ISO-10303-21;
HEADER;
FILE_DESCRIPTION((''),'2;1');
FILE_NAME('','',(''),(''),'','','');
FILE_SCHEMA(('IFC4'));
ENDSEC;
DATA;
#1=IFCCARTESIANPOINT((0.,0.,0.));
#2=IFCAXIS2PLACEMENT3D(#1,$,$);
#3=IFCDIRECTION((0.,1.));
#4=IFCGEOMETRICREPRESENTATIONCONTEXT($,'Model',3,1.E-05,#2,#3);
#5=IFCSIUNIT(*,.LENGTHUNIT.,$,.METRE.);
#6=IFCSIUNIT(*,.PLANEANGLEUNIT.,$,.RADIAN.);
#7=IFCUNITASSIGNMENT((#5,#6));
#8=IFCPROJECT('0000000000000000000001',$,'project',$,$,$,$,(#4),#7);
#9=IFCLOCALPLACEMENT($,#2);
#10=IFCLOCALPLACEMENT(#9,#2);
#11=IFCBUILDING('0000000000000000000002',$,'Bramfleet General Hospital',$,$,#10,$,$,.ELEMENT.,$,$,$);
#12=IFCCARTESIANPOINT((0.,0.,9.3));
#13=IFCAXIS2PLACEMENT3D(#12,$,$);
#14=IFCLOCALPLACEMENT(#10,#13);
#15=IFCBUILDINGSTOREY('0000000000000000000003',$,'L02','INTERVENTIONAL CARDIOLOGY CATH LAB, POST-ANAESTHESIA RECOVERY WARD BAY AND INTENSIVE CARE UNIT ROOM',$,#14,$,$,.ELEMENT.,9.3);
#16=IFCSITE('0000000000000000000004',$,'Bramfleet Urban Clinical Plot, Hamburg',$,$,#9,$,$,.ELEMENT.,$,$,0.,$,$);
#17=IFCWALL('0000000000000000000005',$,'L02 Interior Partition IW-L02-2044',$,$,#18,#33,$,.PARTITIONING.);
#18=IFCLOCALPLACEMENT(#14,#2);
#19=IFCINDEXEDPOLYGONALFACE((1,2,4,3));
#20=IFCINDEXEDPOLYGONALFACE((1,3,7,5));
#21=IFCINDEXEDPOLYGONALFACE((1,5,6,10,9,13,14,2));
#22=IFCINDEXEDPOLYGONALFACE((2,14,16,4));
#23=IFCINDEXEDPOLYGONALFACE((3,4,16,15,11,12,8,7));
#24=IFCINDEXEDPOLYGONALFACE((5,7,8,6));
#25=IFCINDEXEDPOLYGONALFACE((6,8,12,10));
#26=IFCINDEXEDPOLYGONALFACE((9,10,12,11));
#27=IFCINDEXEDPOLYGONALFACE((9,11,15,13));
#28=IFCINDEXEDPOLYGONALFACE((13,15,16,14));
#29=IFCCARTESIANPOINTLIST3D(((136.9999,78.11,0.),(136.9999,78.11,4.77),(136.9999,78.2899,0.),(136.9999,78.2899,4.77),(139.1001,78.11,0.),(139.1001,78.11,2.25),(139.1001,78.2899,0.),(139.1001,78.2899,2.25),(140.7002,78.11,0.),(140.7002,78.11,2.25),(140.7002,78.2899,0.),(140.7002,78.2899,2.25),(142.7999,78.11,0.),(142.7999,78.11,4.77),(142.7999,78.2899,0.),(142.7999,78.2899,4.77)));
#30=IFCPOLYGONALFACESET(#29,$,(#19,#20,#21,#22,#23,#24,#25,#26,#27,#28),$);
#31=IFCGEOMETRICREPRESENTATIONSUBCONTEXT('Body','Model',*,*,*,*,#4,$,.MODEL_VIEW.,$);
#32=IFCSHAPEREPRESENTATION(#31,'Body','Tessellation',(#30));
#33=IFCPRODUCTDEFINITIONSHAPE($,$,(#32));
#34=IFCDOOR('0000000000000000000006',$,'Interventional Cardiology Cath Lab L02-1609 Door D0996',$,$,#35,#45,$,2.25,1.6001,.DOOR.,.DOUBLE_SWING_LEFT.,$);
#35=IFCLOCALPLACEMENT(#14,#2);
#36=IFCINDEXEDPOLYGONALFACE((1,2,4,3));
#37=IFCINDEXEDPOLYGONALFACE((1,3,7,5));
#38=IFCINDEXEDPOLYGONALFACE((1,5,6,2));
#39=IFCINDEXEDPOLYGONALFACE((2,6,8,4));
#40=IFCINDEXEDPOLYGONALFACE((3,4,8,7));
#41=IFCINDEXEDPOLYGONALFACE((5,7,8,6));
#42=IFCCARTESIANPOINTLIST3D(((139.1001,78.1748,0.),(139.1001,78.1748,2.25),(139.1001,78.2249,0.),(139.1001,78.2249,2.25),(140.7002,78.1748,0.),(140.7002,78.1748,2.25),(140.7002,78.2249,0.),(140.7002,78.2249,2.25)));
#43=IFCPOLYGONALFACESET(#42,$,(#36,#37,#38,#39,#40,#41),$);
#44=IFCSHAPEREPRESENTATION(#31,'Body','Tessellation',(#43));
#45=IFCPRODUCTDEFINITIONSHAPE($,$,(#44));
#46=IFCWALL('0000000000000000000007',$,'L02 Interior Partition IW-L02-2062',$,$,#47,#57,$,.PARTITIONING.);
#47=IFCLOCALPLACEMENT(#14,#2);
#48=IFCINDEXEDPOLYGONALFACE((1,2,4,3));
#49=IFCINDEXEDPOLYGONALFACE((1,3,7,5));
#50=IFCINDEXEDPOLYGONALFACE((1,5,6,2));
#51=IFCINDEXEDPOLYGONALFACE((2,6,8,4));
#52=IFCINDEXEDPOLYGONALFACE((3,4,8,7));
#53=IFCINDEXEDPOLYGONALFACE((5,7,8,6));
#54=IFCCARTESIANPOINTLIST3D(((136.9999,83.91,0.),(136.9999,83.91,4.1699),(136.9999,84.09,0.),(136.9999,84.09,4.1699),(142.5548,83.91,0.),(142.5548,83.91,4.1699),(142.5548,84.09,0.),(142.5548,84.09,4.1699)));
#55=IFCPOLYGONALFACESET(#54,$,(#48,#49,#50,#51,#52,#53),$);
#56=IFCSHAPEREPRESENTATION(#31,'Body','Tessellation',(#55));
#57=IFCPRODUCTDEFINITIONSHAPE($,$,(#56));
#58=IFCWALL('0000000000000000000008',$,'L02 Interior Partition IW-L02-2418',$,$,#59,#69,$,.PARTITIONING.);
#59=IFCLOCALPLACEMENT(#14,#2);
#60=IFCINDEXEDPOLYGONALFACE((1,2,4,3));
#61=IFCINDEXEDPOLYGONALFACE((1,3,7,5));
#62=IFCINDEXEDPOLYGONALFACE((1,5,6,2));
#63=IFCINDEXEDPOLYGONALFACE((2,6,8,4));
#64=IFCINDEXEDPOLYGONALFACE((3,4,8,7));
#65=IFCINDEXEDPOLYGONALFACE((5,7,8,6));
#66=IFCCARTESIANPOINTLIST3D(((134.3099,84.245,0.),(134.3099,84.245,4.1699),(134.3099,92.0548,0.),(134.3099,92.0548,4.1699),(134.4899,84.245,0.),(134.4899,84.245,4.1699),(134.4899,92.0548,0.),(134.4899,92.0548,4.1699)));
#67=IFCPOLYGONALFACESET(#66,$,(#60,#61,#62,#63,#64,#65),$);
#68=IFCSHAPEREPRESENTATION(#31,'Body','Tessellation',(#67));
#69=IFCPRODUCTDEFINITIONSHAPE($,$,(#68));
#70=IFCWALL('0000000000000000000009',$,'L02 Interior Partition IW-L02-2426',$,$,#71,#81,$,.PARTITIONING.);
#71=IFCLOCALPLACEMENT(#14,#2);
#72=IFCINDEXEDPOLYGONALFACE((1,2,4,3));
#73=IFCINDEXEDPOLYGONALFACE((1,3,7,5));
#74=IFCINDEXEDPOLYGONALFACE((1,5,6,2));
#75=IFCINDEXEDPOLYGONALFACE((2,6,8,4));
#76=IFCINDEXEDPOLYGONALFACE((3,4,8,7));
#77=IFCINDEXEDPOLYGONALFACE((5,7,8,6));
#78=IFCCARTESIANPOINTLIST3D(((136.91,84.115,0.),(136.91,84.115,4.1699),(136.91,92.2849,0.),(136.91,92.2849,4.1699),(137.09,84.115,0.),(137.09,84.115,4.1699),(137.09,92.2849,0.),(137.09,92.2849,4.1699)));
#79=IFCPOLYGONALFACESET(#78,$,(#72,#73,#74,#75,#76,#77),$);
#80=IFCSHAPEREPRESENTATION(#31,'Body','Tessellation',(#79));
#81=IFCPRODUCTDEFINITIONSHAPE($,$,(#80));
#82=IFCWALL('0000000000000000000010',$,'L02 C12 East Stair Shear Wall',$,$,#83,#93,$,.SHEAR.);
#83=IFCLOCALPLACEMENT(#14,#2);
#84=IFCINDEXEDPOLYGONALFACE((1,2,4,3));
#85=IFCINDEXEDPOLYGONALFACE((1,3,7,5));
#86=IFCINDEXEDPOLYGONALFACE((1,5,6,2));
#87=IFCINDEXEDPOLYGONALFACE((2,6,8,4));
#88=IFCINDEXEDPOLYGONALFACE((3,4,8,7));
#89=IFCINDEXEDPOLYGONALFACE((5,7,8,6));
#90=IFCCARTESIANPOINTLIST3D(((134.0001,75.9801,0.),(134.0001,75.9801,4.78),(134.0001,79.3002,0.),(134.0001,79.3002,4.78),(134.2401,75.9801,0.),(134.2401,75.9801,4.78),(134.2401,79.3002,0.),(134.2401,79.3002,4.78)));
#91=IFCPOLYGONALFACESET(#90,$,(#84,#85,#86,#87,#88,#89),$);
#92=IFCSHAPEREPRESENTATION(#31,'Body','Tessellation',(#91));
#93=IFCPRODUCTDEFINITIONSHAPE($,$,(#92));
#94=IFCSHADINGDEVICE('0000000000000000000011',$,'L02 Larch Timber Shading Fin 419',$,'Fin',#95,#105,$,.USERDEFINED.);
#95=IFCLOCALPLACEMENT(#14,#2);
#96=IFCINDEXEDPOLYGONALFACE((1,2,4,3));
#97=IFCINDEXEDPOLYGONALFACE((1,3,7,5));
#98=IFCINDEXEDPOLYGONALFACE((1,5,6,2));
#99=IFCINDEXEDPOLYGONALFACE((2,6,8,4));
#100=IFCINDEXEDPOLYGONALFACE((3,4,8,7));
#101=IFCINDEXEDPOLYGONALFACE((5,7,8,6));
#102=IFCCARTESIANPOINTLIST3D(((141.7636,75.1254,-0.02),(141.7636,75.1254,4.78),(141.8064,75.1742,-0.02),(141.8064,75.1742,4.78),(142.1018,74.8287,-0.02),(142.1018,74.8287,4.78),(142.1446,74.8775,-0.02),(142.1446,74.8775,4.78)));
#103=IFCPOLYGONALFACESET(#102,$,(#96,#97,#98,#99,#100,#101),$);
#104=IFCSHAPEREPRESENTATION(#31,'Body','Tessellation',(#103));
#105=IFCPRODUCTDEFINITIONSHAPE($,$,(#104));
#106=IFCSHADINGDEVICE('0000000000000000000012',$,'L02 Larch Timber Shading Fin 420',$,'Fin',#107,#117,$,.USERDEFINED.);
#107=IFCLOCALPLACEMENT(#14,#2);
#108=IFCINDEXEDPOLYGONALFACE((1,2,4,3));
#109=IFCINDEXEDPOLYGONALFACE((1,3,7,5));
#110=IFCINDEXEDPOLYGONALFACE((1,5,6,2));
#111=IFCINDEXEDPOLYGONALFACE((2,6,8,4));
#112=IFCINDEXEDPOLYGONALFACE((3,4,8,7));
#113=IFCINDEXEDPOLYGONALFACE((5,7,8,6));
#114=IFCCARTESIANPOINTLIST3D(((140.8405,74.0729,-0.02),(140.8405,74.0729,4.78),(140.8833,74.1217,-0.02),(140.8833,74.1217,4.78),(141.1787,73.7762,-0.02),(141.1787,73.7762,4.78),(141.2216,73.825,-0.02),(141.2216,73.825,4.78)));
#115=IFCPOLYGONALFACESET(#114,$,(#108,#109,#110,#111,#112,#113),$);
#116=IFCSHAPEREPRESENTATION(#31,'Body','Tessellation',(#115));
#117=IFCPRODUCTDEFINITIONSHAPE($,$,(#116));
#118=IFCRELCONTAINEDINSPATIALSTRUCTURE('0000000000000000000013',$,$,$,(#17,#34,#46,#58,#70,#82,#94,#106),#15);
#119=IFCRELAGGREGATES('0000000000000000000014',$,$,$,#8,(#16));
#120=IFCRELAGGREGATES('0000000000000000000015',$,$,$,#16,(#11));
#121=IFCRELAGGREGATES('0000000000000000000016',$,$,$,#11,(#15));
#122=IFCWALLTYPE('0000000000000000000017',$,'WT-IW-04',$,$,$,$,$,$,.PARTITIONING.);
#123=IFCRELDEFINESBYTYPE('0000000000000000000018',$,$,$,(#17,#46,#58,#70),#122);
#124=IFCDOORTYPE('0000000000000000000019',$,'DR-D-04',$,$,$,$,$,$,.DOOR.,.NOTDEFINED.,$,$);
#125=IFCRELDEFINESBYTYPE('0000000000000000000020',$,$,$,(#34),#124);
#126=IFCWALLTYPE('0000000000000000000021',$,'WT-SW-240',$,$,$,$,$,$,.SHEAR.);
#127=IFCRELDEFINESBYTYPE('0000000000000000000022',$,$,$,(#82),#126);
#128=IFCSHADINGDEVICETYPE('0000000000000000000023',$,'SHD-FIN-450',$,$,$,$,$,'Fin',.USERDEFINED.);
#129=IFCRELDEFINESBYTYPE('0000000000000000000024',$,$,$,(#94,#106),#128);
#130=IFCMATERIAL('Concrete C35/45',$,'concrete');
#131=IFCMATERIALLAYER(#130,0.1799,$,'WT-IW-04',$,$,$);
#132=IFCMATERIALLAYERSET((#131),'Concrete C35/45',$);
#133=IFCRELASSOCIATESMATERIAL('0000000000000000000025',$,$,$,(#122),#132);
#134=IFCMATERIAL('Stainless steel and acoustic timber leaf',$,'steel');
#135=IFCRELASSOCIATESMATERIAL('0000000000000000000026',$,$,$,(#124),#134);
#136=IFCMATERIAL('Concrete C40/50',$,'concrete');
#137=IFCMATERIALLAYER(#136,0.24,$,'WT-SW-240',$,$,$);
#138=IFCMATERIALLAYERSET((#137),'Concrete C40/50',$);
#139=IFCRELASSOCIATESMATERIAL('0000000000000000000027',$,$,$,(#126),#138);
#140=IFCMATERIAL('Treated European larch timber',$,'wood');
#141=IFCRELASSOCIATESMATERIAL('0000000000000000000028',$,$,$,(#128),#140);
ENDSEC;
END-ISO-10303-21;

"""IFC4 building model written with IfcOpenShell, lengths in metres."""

from ifc_helpers import new_model, si_unit, direction, frame, frame_2d, origin, origin_2d, place, context, subcontext, project, spatial, rectangle, extrude, material, layer, layer_set, material_profile, profile_set, type_object, element, fill, save


model = new_model("IFC4")

# Units and contexts
model_context = context("Model", 3, precision=1e-05, world=origin(), true_north=direction((0.0, 1.0)))
body_context = subcontext(model_context, "Body", "Model", "MODEL_VIEW")
ifc_project = project(units=[si_unit("LENGTHUNIT", "METRE"), si_unit("PLANEANGLEUNIT", "RADIAN")], contexts=[model_context])

# Site, building, storey
site_placement = place(None, origin())
site = spatial("IfcSite", under=ifc_project, at=site_placement, Name="Bramfleet Urban Clinical Plot, Hamburg", CompositionType="ELEMENT", RefElevation=0.0)
building_placement = place(site_placement, origin())
building = spatial("IfcBuilding", under=site, at=building_placement, Name="Bramfleet General Hospital", CompositionType="ELEMENT")
storey_placement = place(building_placement, frame((0.0, 0.0, 9.3)))
storey = spatial("IfcBuildingStorey", under=building, at=storey_placement, Name="L02", Description="INTERVENTIONAL CARDIOLOGY CATH LAB, POST-ANAESTHESIA RECOVERY WARD BAY AND INTENSIVE CARE UNIT ROOM", CompositionType="ELEMENT", Elevation=9.3)

# Shared definitions
ifc_material_1 = material(Name="Concrete C40/50", Category="concrete")

# Shared definitions
ifc_material_2 = material(Name="Concrete C35/45", Category="concrete")

# Wall, opening, door
ifc_layer_1 = layer(ifc_material_2, 0.1799, Name="WT-IW-04")
ifc_layer_set_1 = layer_set([ifc_layer_1], Name="Concrete C35/45")
wall_type_1 = type_object("IfcWallType", Name="WT-IW-04", PredefinedType="PARTITIONING", material=ifc_layer_set_1)
ifc_material_3 = material(Name="Stainless steel and acoustic timber leaf", Category="steel")
wall_1_placement = place(storey_placement, frame((137.0, 78.2, 0.0), z_axis=(0.0, 0.0, 1.0), x_axis=(1.0, 0.0, 0.0)))
wall_1 = element("IfcWall", 1, at=wall_1_placement, inside=storey, type_object=wall_type_1, Name="L02 Interior Partition IW-L02-2044", PredefinedType="PARTITIONING", context=body_context, shape_type="SweptSolid", body=[
    extrude(rectangle(XDim=5.8, YDim=0.1799, at=frame_2d((2.8999, 0.0))), origin(), (0.0, 0.0, 1.0), 4.77),
])
opening_1_placement = place(wall_1_placement, frame((2.1001, 0.0, 0.0)))
opening_1 = element("IfcOpeningElement", 2, at=opening_1_placement, cuts=wall_1, PredefinedType="OPENING", context=body_context, shape_type="SweptSolid", body=[
    extrude(rectangle(XDim=1.6001, YDim=2.25, at=frame_2d((0.8, 1.125))), frame((0.0, 0.0999, 0.0), z_axis=(0.0, -1.0, 0.0), x_axis=(1.0, 0.0, 0.0)), (0.0, 0.0, 1.0), 0.2),
])
door_type_1 = type_object("IfcDoorType", Name="DR-D-04", OperationType="NOTDEFINED", PredefinedType="DOOR", material=ifc_material_3)
door_1_placement = place(opening_1_placement, origin())
door_1 = element("IfcDoor", 3, at=door_1_placement, inside=storey, type_object=door_type_1, Name="Interventional Cardiology Cath Lab L02-1609 Door D0996", OperationType="DOUBLE_SWING_LEFT", OverallHeight=2.25, OverallWidth=1.6001, PredefinedType="DOOR", context=body_context, shape_type="SweptSolid", body=[
    extrude(rectangle(XDim=1.6001, YDim=2.25, at=frame_2d((0.8, 1.125))), frame((0.0, 0.0249, 0.0), z_axis=(0.0, -1.0, 0.0), x_axis=(1.0, 0.0, 0.0)), (0.0, 0.0, 1.0), 0.05),
])
fill(opening_1, door_1)

# Walls
wall_2_placement = place(storey_placement, frame((137.0, 84.0, 0.0), z_axis=(0.0, 0.0, 1.0), x_axis=(1.0, 0.0, 0.0)))
element("IfcWall", 4, at=wall_2_placement, inside=storey, type_object=wall_type_1, Name="L02 Interior Partition IW-L02-2062", PredefinedType="PARTITIONING", context=body_context, shape_type="SweptSolid", body=[
    extrude(rectangle(XDim=5.5549, YDim=0.1799, at=frame_2d((2.7773, 0.0))), origin(), (0.0, 0.0, 1.0), 4.1699),
])
wall_3_placement = place(storey_placement, frame((134.3999, 84.2451, 0.0), z_axis=(0.0, 0.0, 1.0), x_axis=(0.0, 1.0, 0.0)))
element("IfcWall", 5, at=wall_3_placement, inside=storey, type_object=wall_type_1, Name="L02 Interior Partition IW-L02-2418", PredefinedType="PARTITIONING", context=body_context, shape_type="SweptSolid", body=[
    extrude(rectangle(XDim=7.8098, YDim=0.1799, at=frame_2d((3.9048, 0.0))), origin(), (0.0, 0.0, 1.0), 4.1699),
])
wall_4_placement = place(storey_placement, frame((137.0, 84.115, 0.0), z_axis=(0.0, 0.0, 1.0), x_axis=(0.0, 1.0, 0.0)))
element("IfcWall", 6, at=wall_4_placement, inside=storey, type_object=wall_type_1, Name="L02 Interior Partition IW-L02-2426", PredefinedType="PARTITIONING", context=body_context, shape_type="SweptSolid", body=[
    extrude(rectangle(XDim=8.1699, YDim=0.1799, at=frame_2d((4.085, 0.0))), origin(), (0.0, 0.0, 1.0), 4.1699),
])
ifc_layer_2 = layer(ifc_material_1, 0.24, Name="WT-SW-240")
ifc_layer_set_2 = layer_set([ifc_layer_2], Name="Concrete C40/50")
wall_type_2 = type_object("IfcWallType", Name="WT-SW-240", PredefinedType="SHEAR", material=ifc_layer_set_2)
wall_5_placement = place(storey_placement, frame((134.1201, 75.98, 0.0), z_axis=(0.0, 0.0, 1.0), x_axis=(0.0, 1.0, 0.0)))
element("IfcWall", 7, at=wall_5_placement, inside=storey, type_object=wall_type_2, Name="L02 C12 East Stair Shear Wall", PredefinedType="SHEAR", context=body_context, shape_type="SweptSolid", body=[
    extrude(rectangle(XDim=3.3201, YDim=0.24, at=frame_2d((1.6602, 0.0))), origin(), (0.0, 0.0, 1.0), 4.78),
])

# Shading devices
ifc_material_4 = material(Name="Treated European larch timber", Category="wood")
ifc_material_profile_1 = material_profile(ifc_material_4, rectangle(XDim=0.0649, YDim=0.45, at=origin_2d()), Name="LARCH FIN 450x65")
ifc_profile_set_1 = profile_set([ifc_material_profile_1], Name="Treated European larch timber")
shading_device_type = type_object("IfcShadingDeviceType", Name="SHD-FIN-450", ElementType="Fin", PredefinedType="USERDEFINED", material=ifc_profile_set_1)
for number, where, z_axis, x_axis, name in (
    (8, (141.9541, 75.0015, -0.02), (0.0, 0.0, 1.0), (-0.659406, -0.751787, 0.0), "L02 Larch Timber Shading Fin 419"),
    (9, (141.031, 73.949, -0.02), (0.0, 0.0, 1.0), (-0.659406, -0.751787, 0.0), "L02 Larch Timber Shading Fin 420"),
):
    element("IfcShadingDevice", number, at=place(storey_placement, frame(where, z_axis=z_axis, x_axis=x_axis)), inside=storey, type_object=shading_device_type, Name=name, ObjectType="Fin", PredefinedType="USERDEFINED", context=body_context, shape_type="SweptSolid", body=[
        extrude(rectangle(XDim=0.0649, YDim=0.45, at=origin_2d()), origin(), (0.0, 0.0, 1.0), 4.8),
    ])

save(model, "model.ifc")
